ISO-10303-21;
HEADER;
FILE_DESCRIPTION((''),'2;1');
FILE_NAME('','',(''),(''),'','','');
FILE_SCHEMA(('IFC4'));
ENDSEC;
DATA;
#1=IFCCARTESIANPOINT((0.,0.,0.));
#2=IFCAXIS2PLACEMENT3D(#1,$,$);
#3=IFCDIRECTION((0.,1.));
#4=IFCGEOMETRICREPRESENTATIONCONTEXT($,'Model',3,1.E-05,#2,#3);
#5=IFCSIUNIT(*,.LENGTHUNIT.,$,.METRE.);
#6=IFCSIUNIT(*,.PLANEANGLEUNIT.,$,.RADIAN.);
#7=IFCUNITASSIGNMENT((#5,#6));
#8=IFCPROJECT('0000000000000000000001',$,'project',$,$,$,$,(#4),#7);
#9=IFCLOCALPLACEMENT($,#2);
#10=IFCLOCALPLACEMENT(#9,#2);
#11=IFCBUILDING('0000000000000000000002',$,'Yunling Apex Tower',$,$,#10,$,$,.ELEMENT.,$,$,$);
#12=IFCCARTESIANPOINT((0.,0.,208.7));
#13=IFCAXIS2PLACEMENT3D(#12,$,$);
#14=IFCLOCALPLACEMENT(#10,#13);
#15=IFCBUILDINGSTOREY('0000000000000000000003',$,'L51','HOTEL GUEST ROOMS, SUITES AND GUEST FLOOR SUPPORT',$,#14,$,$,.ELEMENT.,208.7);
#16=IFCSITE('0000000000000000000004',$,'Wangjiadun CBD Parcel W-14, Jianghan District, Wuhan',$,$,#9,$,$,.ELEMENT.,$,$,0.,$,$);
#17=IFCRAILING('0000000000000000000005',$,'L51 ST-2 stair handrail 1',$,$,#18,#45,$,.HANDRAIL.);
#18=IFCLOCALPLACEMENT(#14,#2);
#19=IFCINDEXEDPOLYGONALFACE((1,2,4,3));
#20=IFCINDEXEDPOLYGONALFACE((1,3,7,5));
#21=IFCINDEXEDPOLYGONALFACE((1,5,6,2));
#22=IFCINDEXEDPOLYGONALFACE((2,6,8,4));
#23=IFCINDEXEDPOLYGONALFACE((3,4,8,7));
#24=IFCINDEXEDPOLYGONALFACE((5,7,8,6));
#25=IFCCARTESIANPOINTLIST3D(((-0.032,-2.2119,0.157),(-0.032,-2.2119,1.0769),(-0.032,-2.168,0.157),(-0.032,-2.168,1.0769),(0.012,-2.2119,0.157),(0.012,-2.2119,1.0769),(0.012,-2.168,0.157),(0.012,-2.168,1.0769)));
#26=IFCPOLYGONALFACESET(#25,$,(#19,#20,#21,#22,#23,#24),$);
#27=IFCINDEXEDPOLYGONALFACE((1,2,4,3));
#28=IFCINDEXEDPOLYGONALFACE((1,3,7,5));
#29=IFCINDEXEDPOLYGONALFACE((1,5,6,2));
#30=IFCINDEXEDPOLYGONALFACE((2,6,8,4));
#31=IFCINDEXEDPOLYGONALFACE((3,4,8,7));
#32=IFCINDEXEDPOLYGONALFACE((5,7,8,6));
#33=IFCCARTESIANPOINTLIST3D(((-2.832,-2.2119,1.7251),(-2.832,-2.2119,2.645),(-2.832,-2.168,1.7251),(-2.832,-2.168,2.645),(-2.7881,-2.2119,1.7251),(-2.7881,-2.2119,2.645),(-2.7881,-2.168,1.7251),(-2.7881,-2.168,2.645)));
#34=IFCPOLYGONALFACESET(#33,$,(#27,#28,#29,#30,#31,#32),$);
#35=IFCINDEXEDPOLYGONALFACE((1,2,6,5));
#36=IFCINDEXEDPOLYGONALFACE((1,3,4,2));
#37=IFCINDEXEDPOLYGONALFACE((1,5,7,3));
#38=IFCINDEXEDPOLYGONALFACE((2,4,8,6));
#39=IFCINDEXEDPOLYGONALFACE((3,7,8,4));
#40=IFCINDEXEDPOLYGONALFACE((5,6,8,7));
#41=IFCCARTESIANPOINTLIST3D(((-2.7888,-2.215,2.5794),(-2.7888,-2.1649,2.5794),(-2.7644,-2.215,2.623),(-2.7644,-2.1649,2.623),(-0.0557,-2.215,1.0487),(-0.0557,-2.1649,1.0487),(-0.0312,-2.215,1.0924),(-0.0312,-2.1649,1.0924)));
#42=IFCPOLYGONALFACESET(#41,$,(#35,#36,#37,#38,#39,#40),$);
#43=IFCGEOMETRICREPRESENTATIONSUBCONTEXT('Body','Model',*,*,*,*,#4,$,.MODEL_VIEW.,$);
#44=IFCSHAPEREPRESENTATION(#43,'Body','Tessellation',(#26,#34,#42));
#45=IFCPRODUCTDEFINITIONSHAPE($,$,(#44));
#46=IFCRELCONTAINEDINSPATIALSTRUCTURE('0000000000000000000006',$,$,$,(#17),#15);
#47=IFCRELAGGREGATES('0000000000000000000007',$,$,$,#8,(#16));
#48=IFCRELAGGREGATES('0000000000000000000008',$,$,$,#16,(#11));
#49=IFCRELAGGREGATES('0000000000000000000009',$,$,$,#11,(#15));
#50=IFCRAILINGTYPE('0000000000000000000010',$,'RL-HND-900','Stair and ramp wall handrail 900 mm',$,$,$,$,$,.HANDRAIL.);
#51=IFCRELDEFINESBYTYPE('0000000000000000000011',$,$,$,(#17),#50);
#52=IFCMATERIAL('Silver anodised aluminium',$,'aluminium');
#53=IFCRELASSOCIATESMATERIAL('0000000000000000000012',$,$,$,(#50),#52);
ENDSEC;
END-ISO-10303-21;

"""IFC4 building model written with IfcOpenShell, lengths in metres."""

from ifc_helpers import new_model, si_unit, direction, frame, origin, origin_2d, place, context, subcontext, project, spatial, rectangle, extrude, material, type_object, element, save


model = new_model("IFC4")

# Units and contexts
model_context = context("Model", 3, precision=1e-05, world=origin(), true_north=direction((0.0, 1.0)))
body_context = subcontext(model_context, "Body", "Model", "MODEL_VIEW")
ifc_project = project(units=[si_unit("LENGTHUNIT", "METRE"), si_unit("PLANEANGLEUNIT", "RADIAN")], contexts=[model_context])

# Site, building, storey
site_placement = place(None, origin())
site = spatial("IfcSite", under=ifc_project, at=site_placement, Name="Wangjiadun CBD Parcel W-14, Jianghan District, Wuhan", CompositionType="ELEMENT", RefElevation=0.0)
building_placement = place(site_placement, origin())
building = spatial("IfcBuilding", under=site, at=building_placement, Name="Yunling Apex Tower", CompositionType="ELEMENT")
storey_placement = place(building_placement, frame((0.0, 0.0, 208.7)))
storey = spatial("IfcBuildingStorey", under=building, at=storey_placement, Name="L51", Description="HOTEL GUEST ROOMS, SUITES AND GUEST FLOOR SUPPORT", CompositionType="ELEMENT", Elevation=208.7)

# Railing
ifc_material_1 = material(Name="Silver anodised aluminium", Category="aluminium")
railing_type_1 = type_object("IfcRailingType", Name="RL-HND-900", Description="Stair and ramp wall handrail 900 mm", PredefinedType="HANDRAIL", material=ifc_material_1)
railing_1_placement = place(storey_placement, frame((-0.01, -2.1899, 0.157)))
element("IfcRailing", 1, at=railing_1_placement, inside=storey, type_object=railing_type_1, Name="L51 ST-2 stair handrail 1", PredefinedType="HANDRAIL", context=body_context, shape_type="SweptSolid", body=[
    extrude(rectangle(XDim=0.0439, YDim=0.0439, at=origin_2d()), origin(), (0.0, 0.0, 1.0), 0.9199),
    extrude(rectangle(XDim=0.0439, YDim=0.0439, at=origin_2d()), frame((-2.8, 0.0, 1.5681)), (0.0, 0.0, 1.0), 0.9199),
    extrude(rectangle(XDim=0.05, YDim=0.05, at=origin_2d()), frame((-0.0334, 0.0, 0.9136), z_axis=(-0.872494, 0.0, 0.488624), x_axis=(0.0, -1.0, 0.0)), (0.0, 0.0, 1.0), 3.1326),
])

save(model, "model.ifc")
